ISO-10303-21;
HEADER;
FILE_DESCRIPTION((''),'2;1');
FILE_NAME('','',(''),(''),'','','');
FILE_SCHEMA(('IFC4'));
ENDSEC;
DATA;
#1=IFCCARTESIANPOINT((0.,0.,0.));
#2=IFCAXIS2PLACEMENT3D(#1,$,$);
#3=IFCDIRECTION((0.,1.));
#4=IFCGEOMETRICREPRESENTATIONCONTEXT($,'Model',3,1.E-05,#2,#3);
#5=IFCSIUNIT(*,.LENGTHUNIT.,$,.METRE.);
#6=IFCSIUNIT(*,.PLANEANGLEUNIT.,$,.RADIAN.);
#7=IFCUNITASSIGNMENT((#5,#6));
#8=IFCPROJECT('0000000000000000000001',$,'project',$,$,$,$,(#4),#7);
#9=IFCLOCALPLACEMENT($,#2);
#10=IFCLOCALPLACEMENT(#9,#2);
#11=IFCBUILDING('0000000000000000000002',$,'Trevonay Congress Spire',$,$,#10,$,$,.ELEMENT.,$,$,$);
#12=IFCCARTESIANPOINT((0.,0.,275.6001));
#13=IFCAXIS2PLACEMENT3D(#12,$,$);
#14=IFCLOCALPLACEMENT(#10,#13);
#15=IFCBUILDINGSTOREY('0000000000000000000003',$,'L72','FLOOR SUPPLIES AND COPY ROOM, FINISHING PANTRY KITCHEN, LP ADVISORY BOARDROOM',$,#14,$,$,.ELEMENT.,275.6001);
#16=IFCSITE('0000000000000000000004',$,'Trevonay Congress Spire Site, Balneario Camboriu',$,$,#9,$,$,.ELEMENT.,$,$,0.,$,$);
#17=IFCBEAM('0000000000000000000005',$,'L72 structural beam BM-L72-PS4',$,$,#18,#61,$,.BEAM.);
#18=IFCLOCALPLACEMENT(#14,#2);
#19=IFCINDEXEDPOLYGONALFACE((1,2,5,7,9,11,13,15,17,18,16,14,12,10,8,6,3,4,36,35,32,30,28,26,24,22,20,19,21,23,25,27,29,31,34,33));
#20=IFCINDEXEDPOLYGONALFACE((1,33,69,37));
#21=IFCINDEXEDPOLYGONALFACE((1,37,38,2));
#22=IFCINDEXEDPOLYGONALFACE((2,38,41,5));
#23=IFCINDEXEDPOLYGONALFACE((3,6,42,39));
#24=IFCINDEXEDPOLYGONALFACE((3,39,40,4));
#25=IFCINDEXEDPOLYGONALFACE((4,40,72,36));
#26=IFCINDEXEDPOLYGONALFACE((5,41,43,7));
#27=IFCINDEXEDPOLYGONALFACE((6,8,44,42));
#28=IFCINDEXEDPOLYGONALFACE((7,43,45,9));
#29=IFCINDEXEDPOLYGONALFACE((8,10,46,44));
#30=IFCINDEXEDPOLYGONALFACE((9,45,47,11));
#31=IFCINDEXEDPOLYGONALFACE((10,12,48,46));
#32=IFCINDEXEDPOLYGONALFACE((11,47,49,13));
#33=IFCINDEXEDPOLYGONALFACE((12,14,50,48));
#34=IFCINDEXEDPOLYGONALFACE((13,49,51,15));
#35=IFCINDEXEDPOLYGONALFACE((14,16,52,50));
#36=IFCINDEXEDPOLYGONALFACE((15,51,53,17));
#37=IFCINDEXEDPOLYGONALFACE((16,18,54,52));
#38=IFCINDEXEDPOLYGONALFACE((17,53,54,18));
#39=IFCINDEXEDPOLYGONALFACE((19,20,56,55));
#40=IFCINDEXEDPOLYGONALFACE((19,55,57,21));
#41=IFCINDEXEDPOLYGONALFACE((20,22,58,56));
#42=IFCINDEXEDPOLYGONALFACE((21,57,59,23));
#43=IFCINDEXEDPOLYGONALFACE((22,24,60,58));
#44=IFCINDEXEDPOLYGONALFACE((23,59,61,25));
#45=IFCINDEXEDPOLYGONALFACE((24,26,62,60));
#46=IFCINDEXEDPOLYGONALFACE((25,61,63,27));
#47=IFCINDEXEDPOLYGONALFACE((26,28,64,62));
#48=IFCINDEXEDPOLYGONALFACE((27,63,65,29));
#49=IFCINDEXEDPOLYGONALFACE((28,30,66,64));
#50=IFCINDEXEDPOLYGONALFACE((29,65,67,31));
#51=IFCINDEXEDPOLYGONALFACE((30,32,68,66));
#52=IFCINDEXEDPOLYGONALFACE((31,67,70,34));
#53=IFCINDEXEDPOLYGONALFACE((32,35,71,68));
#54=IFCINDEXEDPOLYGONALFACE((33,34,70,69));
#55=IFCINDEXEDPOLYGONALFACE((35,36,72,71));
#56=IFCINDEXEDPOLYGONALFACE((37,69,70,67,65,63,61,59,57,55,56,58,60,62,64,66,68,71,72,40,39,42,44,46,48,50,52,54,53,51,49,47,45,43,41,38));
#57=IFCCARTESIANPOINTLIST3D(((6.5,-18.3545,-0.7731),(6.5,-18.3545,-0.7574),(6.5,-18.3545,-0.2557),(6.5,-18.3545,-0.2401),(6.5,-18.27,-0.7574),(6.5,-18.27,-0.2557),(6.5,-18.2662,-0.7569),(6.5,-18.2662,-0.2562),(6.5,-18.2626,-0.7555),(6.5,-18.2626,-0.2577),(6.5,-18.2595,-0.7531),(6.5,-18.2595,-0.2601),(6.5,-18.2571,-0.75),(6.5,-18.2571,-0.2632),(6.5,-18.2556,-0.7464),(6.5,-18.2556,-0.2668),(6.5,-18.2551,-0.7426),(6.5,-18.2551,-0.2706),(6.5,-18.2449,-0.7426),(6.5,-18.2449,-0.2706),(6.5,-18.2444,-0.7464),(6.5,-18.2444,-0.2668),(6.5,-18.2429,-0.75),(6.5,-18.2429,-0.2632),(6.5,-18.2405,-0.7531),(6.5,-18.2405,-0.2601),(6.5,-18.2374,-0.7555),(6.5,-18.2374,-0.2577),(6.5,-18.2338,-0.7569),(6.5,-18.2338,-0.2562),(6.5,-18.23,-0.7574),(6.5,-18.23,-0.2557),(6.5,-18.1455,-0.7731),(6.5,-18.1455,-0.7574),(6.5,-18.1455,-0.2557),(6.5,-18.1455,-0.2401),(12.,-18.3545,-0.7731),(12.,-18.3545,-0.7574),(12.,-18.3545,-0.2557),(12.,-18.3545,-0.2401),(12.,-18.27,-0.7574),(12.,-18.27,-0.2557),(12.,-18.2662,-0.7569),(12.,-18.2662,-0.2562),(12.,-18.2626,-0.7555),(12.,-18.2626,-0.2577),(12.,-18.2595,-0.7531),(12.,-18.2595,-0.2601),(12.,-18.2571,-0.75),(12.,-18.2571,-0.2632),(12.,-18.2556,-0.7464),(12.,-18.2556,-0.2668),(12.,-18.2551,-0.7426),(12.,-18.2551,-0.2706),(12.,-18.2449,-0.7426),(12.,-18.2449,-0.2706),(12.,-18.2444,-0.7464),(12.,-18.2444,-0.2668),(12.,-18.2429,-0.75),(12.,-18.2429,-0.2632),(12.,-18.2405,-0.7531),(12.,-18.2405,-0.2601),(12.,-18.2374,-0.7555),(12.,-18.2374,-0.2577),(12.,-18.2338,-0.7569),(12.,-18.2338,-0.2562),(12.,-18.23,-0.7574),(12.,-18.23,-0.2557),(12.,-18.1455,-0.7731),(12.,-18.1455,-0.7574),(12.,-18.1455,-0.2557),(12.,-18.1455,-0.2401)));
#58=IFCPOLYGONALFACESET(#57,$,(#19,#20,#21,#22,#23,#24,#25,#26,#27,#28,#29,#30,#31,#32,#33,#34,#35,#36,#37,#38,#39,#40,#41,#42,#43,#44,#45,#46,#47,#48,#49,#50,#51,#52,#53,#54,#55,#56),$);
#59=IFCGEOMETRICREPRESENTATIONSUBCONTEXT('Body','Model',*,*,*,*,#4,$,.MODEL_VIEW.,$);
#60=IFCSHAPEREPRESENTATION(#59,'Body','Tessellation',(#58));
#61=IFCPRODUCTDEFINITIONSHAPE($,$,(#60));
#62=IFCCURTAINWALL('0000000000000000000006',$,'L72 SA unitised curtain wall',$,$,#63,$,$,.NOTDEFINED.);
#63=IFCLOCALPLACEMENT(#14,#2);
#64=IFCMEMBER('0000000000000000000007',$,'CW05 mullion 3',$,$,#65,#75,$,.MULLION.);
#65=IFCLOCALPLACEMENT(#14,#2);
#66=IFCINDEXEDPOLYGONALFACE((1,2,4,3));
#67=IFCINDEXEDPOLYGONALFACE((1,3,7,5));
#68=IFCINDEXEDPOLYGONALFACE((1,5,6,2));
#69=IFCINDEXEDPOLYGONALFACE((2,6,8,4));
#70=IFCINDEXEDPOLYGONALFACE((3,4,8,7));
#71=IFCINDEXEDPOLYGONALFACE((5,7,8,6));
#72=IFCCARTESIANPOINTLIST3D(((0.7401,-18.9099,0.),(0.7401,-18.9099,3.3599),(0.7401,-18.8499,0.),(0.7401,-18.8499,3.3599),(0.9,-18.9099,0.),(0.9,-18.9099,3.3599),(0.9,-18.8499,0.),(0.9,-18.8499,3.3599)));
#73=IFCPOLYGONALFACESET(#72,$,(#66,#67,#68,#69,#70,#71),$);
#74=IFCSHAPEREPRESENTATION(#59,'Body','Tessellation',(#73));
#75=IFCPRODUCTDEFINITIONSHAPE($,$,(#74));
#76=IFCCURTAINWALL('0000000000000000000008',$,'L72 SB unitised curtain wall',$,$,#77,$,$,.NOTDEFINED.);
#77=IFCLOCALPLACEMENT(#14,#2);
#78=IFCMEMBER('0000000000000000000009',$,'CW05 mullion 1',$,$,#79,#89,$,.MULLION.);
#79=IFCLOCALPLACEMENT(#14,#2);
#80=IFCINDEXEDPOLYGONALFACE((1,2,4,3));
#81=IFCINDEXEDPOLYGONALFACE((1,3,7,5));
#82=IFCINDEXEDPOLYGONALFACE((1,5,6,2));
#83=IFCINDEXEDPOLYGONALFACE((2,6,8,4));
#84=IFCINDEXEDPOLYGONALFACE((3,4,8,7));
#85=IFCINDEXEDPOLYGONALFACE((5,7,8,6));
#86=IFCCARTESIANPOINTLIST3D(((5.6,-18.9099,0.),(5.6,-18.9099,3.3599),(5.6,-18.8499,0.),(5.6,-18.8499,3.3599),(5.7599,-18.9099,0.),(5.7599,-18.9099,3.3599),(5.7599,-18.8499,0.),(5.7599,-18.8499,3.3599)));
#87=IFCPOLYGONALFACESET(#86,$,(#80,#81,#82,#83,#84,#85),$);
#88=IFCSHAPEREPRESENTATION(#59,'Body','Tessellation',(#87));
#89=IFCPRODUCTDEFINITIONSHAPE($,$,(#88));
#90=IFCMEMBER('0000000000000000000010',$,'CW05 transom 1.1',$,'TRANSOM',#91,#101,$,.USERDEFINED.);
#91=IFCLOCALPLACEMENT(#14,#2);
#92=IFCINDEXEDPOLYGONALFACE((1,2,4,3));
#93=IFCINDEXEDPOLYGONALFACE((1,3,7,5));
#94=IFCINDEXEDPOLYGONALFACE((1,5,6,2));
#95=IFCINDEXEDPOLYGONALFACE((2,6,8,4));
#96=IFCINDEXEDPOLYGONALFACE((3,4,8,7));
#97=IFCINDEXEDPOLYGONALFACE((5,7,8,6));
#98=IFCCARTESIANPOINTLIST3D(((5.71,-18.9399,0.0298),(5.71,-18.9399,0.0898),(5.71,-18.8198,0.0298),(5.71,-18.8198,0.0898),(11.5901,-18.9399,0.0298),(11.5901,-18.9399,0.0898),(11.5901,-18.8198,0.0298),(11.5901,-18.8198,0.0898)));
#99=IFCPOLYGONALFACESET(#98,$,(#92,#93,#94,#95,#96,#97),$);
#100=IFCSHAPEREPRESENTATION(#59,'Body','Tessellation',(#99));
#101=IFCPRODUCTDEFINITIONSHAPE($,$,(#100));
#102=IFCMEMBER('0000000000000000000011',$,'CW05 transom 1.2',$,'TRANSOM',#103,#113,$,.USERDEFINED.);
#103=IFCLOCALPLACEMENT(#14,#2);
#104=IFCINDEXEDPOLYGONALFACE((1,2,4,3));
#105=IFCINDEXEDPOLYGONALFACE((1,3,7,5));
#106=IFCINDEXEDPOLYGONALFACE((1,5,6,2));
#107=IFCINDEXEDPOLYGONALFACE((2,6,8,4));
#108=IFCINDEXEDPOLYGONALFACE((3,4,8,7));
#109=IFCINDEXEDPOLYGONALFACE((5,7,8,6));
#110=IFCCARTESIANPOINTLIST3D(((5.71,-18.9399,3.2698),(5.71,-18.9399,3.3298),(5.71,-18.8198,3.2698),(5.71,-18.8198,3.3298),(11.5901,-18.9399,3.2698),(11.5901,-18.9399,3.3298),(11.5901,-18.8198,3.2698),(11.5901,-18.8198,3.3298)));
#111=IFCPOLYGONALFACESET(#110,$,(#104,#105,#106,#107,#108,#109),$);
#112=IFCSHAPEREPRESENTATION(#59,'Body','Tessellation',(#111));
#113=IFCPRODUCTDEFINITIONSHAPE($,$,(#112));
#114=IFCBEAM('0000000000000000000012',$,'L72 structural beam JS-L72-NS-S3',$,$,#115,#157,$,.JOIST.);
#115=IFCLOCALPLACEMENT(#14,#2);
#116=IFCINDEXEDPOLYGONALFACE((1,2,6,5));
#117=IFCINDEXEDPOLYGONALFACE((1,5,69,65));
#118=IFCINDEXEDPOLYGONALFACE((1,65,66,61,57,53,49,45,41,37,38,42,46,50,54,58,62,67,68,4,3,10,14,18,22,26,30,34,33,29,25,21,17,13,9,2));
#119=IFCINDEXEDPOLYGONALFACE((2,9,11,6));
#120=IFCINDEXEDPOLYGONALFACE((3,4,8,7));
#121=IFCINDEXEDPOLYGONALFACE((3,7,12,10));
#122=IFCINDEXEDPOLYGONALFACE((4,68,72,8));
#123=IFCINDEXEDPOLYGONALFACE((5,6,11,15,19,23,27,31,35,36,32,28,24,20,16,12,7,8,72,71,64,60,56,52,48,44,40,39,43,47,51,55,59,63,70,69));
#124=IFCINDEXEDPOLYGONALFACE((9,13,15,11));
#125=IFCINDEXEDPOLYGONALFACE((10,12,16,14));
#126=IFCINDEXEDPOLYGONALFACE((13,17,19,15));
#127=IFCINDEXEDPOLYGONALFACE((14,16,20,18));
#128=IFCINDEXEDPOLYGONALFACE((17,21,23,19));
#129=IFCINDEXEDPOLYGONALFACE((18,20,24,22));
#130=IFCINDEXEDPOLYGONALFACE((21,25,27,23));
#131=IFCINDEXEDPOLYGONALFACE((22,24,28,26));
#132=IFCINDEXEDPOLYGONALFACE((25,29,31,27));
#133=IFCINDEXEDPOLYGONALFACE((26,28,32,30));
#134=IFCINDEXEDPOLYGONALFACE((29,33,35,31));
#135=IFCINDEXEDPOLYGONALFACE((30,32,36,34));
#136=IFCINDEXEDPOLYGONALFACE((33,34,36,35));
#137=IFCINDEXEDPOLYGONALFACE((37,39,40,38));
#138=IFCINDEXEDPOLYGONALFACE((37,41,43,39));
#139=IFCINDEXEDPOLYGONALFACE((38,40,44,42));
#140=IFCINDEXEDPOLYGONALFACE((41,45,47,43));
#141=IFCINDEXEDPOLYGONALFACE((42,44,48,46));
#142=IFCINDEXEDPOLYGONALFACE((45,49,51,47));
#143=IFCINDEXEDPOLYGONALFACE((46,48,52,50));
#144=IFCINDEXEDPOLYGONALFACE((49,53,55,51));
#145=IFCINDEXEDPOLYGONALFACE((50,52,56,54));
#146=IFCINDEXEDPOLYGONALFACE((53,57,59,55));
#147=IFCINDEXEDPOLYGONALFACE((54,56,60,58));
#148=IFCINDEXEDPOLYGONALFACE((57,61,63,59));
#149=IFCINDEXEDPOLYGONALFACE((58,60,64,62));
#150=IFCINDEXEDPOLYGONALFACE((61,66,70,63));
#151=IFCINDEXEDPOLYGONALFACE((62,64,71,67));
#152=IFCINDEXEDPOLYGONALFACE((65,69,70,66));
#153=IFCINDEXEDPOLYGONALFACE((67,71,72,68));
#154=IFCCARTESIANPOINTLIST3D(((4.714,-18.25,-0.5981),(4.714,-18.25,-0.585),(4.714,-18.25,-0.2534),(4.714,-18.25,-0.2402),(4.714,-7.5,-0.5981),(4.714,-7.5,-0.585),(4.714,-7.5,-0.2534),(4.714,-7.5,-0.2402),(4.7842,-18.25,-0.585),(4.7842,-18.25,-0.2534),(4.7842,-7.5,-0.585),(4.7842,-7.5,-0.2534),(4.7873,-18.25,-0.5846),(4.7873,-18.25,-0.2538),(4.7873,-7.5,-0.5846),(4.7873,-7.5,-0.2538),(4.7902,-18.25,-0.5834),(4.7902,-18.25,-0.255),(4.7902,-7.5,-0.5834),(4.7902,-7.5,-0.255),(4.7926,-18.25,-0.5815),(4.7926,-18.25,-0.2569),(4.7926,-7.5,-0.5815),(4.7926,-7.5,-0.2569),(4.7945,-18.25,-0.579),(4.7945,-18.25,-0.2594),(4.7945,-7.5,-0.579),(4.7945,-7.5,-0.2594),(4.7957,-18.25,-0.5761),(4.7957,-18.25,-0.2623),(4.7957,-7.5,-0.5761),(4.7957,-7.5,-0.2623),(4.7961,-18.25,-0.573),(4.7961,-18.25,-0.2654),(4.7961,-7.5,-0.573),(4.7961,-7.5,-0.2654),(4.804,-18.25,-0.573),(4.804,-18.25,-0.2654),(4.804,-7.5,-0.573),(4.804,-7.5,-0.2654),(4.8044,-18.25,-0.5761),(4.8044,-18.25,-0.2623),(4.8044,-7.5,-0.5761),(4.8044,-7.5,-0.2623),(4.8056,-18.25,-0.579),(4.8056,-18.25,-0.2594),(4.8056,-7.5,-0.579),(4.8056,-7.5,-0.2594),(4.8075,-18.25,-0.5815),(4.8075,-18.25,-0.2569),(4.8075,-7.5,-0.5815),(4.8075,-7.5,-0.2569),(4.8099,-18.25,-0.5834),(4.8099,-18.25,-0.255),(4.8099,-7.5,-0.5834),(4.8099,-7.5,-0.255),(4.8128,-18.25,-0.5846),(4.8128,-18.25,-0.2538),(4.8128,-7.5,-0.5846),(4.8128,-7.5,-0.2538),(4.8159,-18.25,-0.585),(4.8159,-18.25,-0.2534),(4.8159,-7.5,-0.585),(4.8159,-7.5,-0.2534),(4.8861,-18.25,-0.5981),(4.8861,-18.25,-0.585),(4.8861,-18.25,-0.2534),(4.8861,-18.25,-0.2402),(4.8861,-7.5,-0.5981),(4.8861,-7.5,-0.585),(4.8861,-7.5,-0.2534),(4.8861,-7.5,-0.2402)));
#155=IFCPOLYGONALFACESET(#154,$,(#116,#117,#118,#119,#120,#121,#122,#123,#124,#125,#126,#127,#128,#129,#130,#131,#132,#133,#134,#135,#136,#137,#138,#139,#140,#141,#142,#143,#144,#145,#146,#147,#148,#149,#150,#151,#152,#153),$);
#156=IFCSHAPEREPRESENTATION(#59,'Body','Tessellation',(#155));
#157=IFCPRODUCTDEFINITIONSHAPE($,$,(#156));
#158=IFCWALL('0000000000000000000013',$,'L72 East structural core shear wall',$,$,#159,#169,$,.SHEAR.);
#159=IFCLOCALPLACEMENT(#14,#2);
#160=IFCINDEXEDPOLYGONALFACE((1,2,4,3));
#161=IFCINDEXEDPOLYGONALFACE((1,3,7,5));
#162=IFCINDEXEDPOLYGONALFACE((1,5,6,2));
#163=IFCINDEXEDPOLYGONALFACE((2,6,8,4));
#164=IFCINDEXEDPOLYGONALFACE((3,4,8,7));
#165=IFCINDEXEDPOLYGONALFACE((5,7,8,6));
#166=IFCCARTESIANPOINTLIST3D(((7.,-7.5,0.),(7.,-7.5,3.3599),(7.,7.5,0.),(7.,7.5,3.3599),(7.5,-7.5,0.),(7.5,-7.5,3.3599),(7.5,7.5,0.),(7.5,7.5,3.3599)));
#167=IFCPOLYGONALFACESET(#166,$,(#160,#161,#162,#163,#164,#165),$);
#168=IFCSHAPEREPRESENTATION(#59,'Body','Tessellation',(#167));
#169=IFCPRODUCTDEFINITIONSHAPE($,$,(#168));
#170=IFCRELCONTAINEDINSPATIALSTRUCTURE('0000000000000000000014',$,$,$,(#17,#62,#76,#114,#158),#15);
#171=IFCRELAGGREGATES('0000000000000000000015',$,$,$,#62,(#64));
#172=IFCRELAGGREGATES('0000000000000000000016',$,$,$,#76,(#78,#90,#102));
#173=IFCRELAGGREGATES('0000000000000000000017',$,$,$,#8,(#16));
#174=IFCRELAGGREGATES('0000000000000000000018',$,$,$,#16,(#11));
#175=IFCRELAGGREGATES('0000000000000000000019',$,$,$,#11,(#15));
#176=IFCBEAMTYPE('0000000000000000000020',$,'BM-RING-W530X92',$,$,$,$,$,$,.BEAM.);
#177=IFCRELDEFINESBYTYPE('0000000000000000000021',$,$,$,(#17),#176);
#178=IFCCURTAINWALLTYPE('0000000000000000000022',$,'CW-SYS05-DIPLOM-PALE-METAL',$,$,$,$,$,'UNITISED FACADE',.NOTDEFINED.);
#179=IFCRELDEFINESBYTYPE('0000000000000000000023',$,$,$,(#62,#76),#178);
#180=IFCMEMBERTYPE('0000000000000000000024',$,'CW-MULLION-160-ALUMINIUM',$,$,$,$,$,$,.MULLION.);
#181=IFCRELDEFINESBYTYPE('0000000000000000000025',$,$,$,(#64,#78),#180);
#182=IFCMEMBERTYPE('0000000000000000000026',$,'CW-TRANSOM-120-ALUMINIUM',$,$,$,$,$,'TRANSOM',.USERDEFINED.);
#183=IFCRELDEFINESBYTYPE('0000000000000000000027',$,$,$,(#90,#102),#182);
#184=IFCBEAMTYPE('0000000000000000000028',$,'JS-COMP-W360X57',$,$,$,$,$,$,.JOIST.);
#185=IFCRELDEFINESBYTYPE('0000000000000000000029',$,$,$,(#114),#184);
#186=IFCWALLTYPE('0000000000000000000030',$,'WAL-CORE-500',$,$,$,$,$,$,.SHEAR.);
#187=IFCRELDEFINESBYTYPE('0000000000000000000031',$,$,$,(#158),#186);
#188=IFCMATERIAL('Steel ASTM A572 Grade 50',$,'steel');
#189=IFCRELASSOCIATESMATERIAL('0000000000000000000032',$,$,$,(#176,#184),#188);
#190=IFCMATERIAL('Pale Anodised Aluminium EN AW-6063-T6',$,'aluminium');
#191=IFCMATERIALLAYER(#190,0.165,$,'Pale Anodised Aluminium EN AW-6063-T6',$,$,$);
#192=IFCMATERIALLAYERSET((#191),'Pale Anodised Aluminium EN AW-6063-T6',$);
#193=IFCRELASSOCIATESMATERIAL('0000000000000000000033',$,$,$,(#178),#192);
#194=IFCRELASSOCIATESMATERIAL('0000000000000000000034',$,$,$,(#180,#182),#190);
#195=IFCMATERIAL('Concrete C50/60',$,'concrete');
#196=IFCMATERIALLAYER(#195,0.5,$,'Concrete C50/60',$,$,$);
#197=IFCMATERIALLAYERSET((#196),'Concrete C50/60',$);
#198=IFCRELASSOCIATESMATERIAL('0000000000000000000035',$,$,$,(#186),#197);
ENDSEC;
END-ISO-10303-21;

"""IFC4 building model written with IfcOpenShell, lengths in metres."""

from ifc_helpers import new_model, si_unit, direction, frame, frame_2d, origin, origin_2d, place, context, subcontext, project, spatial, rectangle, i_section, extrude, material, layer, layer_set, material_profile, profile_set, type_object, element, aggregate, save


model = new_model("IFC4")

# Units and contexts
model_context = context("Model", 3, precision=1e-05, world=origin(), true_north=direction((0.0, 1.0)))
body_context = subcontext(model_context, "Body", "Model", "MODEL_VIEW")
ifc_project = project(units=[si_unit("LENGTHUNIT", "METRE"), si_unit("PLANEANGLEUNIT", "RADIAN")], contexts=[model_context])

# Site, building, storey
site_placement = place(None, origin())
site = spatial("IfcSite", under=ifc_project, at=site_placement, Name="Trevonay Congress Spire Site, Balneario Camboriu", CompositionType="ELEMENT", RefElevation=0.0)
building_placement = place(site_placement, origin())
building = spatial("IfcBuilding", under=site, at=building_placement, Name="Trevonay Congress Spire", CompositionType="ELEMENT")
storey_placement = place(building_placement, frame((0.0, 0.0, 275.6001)))
storey = spatial("IfcBuildingStorey", under=building, at=storey_placement, Name="L72", Description="FLOOR SUPPLIES AND COPY ROOM, FINISHING PANTRY KITCHEN, LP ADVISORY BOARDROOM", CompositionType="ELEMENT", Elevation=275.6001)

# Shared definitions
ifc_material_1 = material(Name="Steel ASTM A572 Grade 50", Category="steel")

# Beam
ifc_material_profile_1 = material_profile(ifc_material_1, i_section(OverallWidth=0.209, OverallDepth=0.533, WebThickness=0.0103, FlangeThickness=0.0156, FilletRadius=0.0149, at=origin_2d()), Name="W530x92")
ifc_profile_set_1 = profile_set([ifc_material_profile_1], Name="Steel ASTM A572 Grade 50")
beam_type_1 = type_object("IfcBeamType", Name="BM-RING-W530X92", PredefinedType="BEAM", material=ifc_profile_set_1)
beam_1_placement = place(storey_placement, frame((6.5, -18.25, -0.5066), z_axis=(1.0, 0.0, 0.0), x_axis=(0.0, 1.0, 0.0)))
element("IfcBeam", 1, at=beam_1_placement, inside=storey, type_object=beam_type_1, Name="L72 structural beam BM-L72-PS4", PredefinedType="BEAM", context=body_context, shape_type="SweptSolid", body=[
    extrude(i_section(OverallWidth=0.209, OverallDepth=0.533, WebThickness=0.0103, FlangeThickness=0.0156, FilletRadius=0.0149, at=origin_2d()), origin(), (0.0, 0.0, 1.0), 5.5),
])

# Curtain wall, member
ifc_material_2 = material(Name="Pale Anodised Aluminium EN AW-6063-T6", Category="aluminium")
ifc_layer_1 = layer(ifc_material_2, 0.165, Name="Pale Anodised Aluminium EN AW-6063-T6")
ifc_layer_set_1 = layer_set([ifc_layer_1], Name="Pale Anodised Aluminium EN AW-6063-T6")
curtain_wall_type = type_object("IfcCurtainWallType", Name="CW-SYS05-DIPLOM-PALE-METAL", ElementType="UNITISED FACADE", PredefinedType="NOTDEFINED", material=ifc_layer_set_1)
curtain_wall_1_placement = place(storey_placement, origin())
curtain_wall_1 = element("IfcCurtainWall", 2, at=curtain_wall_1_placement, inside=storey, type_object=curtain_wall_type, Name="L72 SA unitised curtain wall", PredefinedType="NOTDEFINED")
ifc_material_profile_2 = material_profile(ifc_material_2, rectangle(XDim=0.0601, YDim=0.1599, at=origin_2d()), Name="CW-MULLION-160-ALUMINIUM")
ifc_profile_set_2 = profile_set([ifc_material_profile_2], Name="Pale Anodised Aluminium EN AW-6063-T6")
member_type_1 = type_object("IfcMemberType", Name="CW-MULLION-160-ALUMINIUM", PredefinedType="MULLION", material=ifc_profile_set_2)
member_1_placement = place(storey_placement, frame((0.8201, -18.8799, 0.0), z_axis=(0.0, 0.0, 1.0), x_axis=(0.0, 1.0, 0.0)))
member_1 = element("IfcMember", 3, at=member_1_placement, type_object=member_type_1, Name="CW05 mullion 3", PredefinedType="MULLION", context=body_context, shape_type="SweptSolid", body=[
    extrude(rectangle(XDim=0.0601, YDim=0.1599, at=origin_2d()), origin(), (0.0, 0.0, 1.0), 3.3599),
])
aggregate(curtain_wall_1, [member_1])

# Curtain wall, members
curtain_wall_2_placement = place(storey_placement, origin())
curtain_wall_2 = element("IfcCurtainWall", 4, at=curtain_wall_2_placement, inside=storey, type_object=curtain_wall_type, Name="L72 SB unitised curtain wall", PredefinedType="NOTDEFINED")
member_2_placement = place(storey_placement, frame((5.6799, -18.8799, 0.0), z_axis=(0.0, 0.0, 1.0), x_axis=(0.0, 1.0, 0.0)))
member_2 = element("IfcMember", 5, at=member_2_placement, type_object=member_type_1, Name="CW05 mullion 1", PredefinedType="MULLION", context=body_context, shape_type="SweptSolid", body=[
    extrude(rectangle(XDim=0.0601, YDim=0.1599, at=origin_2d()), origin(), (0.0, 0.0, 1.0), 3.3599),
])
ifc_material_profile_3 = material_profile(ifc_material_2, rectangle(XDim=0.1201, YDim=0.0601, at=origin_2d()), Name="CW-TRANSOM-120-ALUMINIUM")
ifc_profile_set_3 = profile_set([ifc_material_profile_3], Name="Pale Anodised Aluminium EN AW-6063-T6")
member_type_2 = type_object("IfcMemberType", Name="CW-TRANSOM-120-ALUMINIUM", ElementType="TRANSOM", PredefinedType="USERDEFINED", material=ifc_profile_set_3)
member_3_placement = place(storey_placement, frame((5.71, -18.8799, 0.0598), z_axis=(1.0, 0.0, 0.0), x_axis=(0.0, 1.0, 0.0)))
member_3 = element("IfcMember", 6, at=member_3_placement, type_object=member_type_2, Name="CW05 transom 1.1", ObjectType="TRANSOM", PredefinedType="USERDEFINED", context=body_context, shape_type="SweptSolid", body=[
    extrude(rectangle(XDim=0.1201, YDim=0.0601, at=origin_2d()), origin(), (0.0, 0.0, 1.0), 5.8801),
])
member_4_placement = place(storey_placement, frame((5.71, -18.8799, 3.2998), z_axis=(1.0, 0.0, 0.0), x_axis=(0.0, 1.0, 0.0)))
member_4 = element("IfcMember", 7, at=member_4_placement, type_object=member_type_2, Name="CW05 transom 1.2", ObjectType="TRANSOM", PredefinedType="USERDEFINED", context=body_context, shape_type="SweptSolid", body=[
    extrude(rectangle(XDim=0.1201, YDim=0.0601, at=origin_2d()), origin(), (0.0, 0.0, 1.0), 5.8801),
])
aggregate(curtain_wall_2, [member_2, member_3, member_4])

# Beam
ifc_material_profile_4 = material_profile(ifc_material_1, i_section(OverallWidth=0.1721, OverallDepth=0.3579, WebThickness=0.0078, FlangeThickness=0.0132, FilletRadius=0.012, at=origin_2d()), Name="W360x57.8")
ifc_profile_set_4 = profile_set([ifc_material_profile_4], Name="Steel ASTM A572 Grade 50")
beam_type_2 = type_object("IfcBeamType", Name="JS-COMP-W360X57", PredefinedType="JOIST", material=ifc_profile_set_4)
beam_2_placement = place(storey_placement, frame((4.8, -18.25, -0.4192), z_axis=(0.0, 1.0, 0.0), x_axis=(-1.0, 0.0, 0.0)))
element("IfcBeam", 8, at=beam_2_placement, inside=storey, type_object=beam_type_2, Name="L72 structural beam JS-L72-NS-S3", PredefinedType="JOIST", context=body_context, shape_type="SweptSolid", body=[
    extrude(i_section(OverallWidth=0.1721, OverallDepth=0.3579, WebThickness=0.0078, FlangeThickness=0.0132, FilletRadius=0.012, at=origin_2d()), origin(), (0.0, 0.0, 1.0), 10.75),
])

# Wall
ifc_material_3 = material(Name="Concrete C50/60", Category="concrete")
ifc_layer_2 = layer(ifc_material_3, 0.5, Name="Concrete C50/60")
ifc_layer_set_2 = layer_set([ifc_layer_2], Name="Concrete C50/60")
wall_type_1 = type_object("IfcWallType", Name="WAL-CORE-500", PredefinedType="SHEAR", material=ifc_layer_set_2)
wall_1_placement = place(storey_placement, frame((7.25, -7.5, 0.0), z_axis=(0.0, 0.0, 1.0), x_axis=(0.0, 1.0, 0.0)))
element("IfcWall", 9, at=wall_1_placement, inside=storey, type_object=wall_type_1, Name="L72 East structural core shear wall", PredefinedType="SHEAR", context=body_context, shape_type="SweptSolid", body=[
    extrude(rectangle(XDim=15.0, YDim=0.5, at=frame_2d((7.5, 0.0))), origin(), (0.0, 0.0, 1.0), 3.3599),
])

save(model, "model.ifc")
